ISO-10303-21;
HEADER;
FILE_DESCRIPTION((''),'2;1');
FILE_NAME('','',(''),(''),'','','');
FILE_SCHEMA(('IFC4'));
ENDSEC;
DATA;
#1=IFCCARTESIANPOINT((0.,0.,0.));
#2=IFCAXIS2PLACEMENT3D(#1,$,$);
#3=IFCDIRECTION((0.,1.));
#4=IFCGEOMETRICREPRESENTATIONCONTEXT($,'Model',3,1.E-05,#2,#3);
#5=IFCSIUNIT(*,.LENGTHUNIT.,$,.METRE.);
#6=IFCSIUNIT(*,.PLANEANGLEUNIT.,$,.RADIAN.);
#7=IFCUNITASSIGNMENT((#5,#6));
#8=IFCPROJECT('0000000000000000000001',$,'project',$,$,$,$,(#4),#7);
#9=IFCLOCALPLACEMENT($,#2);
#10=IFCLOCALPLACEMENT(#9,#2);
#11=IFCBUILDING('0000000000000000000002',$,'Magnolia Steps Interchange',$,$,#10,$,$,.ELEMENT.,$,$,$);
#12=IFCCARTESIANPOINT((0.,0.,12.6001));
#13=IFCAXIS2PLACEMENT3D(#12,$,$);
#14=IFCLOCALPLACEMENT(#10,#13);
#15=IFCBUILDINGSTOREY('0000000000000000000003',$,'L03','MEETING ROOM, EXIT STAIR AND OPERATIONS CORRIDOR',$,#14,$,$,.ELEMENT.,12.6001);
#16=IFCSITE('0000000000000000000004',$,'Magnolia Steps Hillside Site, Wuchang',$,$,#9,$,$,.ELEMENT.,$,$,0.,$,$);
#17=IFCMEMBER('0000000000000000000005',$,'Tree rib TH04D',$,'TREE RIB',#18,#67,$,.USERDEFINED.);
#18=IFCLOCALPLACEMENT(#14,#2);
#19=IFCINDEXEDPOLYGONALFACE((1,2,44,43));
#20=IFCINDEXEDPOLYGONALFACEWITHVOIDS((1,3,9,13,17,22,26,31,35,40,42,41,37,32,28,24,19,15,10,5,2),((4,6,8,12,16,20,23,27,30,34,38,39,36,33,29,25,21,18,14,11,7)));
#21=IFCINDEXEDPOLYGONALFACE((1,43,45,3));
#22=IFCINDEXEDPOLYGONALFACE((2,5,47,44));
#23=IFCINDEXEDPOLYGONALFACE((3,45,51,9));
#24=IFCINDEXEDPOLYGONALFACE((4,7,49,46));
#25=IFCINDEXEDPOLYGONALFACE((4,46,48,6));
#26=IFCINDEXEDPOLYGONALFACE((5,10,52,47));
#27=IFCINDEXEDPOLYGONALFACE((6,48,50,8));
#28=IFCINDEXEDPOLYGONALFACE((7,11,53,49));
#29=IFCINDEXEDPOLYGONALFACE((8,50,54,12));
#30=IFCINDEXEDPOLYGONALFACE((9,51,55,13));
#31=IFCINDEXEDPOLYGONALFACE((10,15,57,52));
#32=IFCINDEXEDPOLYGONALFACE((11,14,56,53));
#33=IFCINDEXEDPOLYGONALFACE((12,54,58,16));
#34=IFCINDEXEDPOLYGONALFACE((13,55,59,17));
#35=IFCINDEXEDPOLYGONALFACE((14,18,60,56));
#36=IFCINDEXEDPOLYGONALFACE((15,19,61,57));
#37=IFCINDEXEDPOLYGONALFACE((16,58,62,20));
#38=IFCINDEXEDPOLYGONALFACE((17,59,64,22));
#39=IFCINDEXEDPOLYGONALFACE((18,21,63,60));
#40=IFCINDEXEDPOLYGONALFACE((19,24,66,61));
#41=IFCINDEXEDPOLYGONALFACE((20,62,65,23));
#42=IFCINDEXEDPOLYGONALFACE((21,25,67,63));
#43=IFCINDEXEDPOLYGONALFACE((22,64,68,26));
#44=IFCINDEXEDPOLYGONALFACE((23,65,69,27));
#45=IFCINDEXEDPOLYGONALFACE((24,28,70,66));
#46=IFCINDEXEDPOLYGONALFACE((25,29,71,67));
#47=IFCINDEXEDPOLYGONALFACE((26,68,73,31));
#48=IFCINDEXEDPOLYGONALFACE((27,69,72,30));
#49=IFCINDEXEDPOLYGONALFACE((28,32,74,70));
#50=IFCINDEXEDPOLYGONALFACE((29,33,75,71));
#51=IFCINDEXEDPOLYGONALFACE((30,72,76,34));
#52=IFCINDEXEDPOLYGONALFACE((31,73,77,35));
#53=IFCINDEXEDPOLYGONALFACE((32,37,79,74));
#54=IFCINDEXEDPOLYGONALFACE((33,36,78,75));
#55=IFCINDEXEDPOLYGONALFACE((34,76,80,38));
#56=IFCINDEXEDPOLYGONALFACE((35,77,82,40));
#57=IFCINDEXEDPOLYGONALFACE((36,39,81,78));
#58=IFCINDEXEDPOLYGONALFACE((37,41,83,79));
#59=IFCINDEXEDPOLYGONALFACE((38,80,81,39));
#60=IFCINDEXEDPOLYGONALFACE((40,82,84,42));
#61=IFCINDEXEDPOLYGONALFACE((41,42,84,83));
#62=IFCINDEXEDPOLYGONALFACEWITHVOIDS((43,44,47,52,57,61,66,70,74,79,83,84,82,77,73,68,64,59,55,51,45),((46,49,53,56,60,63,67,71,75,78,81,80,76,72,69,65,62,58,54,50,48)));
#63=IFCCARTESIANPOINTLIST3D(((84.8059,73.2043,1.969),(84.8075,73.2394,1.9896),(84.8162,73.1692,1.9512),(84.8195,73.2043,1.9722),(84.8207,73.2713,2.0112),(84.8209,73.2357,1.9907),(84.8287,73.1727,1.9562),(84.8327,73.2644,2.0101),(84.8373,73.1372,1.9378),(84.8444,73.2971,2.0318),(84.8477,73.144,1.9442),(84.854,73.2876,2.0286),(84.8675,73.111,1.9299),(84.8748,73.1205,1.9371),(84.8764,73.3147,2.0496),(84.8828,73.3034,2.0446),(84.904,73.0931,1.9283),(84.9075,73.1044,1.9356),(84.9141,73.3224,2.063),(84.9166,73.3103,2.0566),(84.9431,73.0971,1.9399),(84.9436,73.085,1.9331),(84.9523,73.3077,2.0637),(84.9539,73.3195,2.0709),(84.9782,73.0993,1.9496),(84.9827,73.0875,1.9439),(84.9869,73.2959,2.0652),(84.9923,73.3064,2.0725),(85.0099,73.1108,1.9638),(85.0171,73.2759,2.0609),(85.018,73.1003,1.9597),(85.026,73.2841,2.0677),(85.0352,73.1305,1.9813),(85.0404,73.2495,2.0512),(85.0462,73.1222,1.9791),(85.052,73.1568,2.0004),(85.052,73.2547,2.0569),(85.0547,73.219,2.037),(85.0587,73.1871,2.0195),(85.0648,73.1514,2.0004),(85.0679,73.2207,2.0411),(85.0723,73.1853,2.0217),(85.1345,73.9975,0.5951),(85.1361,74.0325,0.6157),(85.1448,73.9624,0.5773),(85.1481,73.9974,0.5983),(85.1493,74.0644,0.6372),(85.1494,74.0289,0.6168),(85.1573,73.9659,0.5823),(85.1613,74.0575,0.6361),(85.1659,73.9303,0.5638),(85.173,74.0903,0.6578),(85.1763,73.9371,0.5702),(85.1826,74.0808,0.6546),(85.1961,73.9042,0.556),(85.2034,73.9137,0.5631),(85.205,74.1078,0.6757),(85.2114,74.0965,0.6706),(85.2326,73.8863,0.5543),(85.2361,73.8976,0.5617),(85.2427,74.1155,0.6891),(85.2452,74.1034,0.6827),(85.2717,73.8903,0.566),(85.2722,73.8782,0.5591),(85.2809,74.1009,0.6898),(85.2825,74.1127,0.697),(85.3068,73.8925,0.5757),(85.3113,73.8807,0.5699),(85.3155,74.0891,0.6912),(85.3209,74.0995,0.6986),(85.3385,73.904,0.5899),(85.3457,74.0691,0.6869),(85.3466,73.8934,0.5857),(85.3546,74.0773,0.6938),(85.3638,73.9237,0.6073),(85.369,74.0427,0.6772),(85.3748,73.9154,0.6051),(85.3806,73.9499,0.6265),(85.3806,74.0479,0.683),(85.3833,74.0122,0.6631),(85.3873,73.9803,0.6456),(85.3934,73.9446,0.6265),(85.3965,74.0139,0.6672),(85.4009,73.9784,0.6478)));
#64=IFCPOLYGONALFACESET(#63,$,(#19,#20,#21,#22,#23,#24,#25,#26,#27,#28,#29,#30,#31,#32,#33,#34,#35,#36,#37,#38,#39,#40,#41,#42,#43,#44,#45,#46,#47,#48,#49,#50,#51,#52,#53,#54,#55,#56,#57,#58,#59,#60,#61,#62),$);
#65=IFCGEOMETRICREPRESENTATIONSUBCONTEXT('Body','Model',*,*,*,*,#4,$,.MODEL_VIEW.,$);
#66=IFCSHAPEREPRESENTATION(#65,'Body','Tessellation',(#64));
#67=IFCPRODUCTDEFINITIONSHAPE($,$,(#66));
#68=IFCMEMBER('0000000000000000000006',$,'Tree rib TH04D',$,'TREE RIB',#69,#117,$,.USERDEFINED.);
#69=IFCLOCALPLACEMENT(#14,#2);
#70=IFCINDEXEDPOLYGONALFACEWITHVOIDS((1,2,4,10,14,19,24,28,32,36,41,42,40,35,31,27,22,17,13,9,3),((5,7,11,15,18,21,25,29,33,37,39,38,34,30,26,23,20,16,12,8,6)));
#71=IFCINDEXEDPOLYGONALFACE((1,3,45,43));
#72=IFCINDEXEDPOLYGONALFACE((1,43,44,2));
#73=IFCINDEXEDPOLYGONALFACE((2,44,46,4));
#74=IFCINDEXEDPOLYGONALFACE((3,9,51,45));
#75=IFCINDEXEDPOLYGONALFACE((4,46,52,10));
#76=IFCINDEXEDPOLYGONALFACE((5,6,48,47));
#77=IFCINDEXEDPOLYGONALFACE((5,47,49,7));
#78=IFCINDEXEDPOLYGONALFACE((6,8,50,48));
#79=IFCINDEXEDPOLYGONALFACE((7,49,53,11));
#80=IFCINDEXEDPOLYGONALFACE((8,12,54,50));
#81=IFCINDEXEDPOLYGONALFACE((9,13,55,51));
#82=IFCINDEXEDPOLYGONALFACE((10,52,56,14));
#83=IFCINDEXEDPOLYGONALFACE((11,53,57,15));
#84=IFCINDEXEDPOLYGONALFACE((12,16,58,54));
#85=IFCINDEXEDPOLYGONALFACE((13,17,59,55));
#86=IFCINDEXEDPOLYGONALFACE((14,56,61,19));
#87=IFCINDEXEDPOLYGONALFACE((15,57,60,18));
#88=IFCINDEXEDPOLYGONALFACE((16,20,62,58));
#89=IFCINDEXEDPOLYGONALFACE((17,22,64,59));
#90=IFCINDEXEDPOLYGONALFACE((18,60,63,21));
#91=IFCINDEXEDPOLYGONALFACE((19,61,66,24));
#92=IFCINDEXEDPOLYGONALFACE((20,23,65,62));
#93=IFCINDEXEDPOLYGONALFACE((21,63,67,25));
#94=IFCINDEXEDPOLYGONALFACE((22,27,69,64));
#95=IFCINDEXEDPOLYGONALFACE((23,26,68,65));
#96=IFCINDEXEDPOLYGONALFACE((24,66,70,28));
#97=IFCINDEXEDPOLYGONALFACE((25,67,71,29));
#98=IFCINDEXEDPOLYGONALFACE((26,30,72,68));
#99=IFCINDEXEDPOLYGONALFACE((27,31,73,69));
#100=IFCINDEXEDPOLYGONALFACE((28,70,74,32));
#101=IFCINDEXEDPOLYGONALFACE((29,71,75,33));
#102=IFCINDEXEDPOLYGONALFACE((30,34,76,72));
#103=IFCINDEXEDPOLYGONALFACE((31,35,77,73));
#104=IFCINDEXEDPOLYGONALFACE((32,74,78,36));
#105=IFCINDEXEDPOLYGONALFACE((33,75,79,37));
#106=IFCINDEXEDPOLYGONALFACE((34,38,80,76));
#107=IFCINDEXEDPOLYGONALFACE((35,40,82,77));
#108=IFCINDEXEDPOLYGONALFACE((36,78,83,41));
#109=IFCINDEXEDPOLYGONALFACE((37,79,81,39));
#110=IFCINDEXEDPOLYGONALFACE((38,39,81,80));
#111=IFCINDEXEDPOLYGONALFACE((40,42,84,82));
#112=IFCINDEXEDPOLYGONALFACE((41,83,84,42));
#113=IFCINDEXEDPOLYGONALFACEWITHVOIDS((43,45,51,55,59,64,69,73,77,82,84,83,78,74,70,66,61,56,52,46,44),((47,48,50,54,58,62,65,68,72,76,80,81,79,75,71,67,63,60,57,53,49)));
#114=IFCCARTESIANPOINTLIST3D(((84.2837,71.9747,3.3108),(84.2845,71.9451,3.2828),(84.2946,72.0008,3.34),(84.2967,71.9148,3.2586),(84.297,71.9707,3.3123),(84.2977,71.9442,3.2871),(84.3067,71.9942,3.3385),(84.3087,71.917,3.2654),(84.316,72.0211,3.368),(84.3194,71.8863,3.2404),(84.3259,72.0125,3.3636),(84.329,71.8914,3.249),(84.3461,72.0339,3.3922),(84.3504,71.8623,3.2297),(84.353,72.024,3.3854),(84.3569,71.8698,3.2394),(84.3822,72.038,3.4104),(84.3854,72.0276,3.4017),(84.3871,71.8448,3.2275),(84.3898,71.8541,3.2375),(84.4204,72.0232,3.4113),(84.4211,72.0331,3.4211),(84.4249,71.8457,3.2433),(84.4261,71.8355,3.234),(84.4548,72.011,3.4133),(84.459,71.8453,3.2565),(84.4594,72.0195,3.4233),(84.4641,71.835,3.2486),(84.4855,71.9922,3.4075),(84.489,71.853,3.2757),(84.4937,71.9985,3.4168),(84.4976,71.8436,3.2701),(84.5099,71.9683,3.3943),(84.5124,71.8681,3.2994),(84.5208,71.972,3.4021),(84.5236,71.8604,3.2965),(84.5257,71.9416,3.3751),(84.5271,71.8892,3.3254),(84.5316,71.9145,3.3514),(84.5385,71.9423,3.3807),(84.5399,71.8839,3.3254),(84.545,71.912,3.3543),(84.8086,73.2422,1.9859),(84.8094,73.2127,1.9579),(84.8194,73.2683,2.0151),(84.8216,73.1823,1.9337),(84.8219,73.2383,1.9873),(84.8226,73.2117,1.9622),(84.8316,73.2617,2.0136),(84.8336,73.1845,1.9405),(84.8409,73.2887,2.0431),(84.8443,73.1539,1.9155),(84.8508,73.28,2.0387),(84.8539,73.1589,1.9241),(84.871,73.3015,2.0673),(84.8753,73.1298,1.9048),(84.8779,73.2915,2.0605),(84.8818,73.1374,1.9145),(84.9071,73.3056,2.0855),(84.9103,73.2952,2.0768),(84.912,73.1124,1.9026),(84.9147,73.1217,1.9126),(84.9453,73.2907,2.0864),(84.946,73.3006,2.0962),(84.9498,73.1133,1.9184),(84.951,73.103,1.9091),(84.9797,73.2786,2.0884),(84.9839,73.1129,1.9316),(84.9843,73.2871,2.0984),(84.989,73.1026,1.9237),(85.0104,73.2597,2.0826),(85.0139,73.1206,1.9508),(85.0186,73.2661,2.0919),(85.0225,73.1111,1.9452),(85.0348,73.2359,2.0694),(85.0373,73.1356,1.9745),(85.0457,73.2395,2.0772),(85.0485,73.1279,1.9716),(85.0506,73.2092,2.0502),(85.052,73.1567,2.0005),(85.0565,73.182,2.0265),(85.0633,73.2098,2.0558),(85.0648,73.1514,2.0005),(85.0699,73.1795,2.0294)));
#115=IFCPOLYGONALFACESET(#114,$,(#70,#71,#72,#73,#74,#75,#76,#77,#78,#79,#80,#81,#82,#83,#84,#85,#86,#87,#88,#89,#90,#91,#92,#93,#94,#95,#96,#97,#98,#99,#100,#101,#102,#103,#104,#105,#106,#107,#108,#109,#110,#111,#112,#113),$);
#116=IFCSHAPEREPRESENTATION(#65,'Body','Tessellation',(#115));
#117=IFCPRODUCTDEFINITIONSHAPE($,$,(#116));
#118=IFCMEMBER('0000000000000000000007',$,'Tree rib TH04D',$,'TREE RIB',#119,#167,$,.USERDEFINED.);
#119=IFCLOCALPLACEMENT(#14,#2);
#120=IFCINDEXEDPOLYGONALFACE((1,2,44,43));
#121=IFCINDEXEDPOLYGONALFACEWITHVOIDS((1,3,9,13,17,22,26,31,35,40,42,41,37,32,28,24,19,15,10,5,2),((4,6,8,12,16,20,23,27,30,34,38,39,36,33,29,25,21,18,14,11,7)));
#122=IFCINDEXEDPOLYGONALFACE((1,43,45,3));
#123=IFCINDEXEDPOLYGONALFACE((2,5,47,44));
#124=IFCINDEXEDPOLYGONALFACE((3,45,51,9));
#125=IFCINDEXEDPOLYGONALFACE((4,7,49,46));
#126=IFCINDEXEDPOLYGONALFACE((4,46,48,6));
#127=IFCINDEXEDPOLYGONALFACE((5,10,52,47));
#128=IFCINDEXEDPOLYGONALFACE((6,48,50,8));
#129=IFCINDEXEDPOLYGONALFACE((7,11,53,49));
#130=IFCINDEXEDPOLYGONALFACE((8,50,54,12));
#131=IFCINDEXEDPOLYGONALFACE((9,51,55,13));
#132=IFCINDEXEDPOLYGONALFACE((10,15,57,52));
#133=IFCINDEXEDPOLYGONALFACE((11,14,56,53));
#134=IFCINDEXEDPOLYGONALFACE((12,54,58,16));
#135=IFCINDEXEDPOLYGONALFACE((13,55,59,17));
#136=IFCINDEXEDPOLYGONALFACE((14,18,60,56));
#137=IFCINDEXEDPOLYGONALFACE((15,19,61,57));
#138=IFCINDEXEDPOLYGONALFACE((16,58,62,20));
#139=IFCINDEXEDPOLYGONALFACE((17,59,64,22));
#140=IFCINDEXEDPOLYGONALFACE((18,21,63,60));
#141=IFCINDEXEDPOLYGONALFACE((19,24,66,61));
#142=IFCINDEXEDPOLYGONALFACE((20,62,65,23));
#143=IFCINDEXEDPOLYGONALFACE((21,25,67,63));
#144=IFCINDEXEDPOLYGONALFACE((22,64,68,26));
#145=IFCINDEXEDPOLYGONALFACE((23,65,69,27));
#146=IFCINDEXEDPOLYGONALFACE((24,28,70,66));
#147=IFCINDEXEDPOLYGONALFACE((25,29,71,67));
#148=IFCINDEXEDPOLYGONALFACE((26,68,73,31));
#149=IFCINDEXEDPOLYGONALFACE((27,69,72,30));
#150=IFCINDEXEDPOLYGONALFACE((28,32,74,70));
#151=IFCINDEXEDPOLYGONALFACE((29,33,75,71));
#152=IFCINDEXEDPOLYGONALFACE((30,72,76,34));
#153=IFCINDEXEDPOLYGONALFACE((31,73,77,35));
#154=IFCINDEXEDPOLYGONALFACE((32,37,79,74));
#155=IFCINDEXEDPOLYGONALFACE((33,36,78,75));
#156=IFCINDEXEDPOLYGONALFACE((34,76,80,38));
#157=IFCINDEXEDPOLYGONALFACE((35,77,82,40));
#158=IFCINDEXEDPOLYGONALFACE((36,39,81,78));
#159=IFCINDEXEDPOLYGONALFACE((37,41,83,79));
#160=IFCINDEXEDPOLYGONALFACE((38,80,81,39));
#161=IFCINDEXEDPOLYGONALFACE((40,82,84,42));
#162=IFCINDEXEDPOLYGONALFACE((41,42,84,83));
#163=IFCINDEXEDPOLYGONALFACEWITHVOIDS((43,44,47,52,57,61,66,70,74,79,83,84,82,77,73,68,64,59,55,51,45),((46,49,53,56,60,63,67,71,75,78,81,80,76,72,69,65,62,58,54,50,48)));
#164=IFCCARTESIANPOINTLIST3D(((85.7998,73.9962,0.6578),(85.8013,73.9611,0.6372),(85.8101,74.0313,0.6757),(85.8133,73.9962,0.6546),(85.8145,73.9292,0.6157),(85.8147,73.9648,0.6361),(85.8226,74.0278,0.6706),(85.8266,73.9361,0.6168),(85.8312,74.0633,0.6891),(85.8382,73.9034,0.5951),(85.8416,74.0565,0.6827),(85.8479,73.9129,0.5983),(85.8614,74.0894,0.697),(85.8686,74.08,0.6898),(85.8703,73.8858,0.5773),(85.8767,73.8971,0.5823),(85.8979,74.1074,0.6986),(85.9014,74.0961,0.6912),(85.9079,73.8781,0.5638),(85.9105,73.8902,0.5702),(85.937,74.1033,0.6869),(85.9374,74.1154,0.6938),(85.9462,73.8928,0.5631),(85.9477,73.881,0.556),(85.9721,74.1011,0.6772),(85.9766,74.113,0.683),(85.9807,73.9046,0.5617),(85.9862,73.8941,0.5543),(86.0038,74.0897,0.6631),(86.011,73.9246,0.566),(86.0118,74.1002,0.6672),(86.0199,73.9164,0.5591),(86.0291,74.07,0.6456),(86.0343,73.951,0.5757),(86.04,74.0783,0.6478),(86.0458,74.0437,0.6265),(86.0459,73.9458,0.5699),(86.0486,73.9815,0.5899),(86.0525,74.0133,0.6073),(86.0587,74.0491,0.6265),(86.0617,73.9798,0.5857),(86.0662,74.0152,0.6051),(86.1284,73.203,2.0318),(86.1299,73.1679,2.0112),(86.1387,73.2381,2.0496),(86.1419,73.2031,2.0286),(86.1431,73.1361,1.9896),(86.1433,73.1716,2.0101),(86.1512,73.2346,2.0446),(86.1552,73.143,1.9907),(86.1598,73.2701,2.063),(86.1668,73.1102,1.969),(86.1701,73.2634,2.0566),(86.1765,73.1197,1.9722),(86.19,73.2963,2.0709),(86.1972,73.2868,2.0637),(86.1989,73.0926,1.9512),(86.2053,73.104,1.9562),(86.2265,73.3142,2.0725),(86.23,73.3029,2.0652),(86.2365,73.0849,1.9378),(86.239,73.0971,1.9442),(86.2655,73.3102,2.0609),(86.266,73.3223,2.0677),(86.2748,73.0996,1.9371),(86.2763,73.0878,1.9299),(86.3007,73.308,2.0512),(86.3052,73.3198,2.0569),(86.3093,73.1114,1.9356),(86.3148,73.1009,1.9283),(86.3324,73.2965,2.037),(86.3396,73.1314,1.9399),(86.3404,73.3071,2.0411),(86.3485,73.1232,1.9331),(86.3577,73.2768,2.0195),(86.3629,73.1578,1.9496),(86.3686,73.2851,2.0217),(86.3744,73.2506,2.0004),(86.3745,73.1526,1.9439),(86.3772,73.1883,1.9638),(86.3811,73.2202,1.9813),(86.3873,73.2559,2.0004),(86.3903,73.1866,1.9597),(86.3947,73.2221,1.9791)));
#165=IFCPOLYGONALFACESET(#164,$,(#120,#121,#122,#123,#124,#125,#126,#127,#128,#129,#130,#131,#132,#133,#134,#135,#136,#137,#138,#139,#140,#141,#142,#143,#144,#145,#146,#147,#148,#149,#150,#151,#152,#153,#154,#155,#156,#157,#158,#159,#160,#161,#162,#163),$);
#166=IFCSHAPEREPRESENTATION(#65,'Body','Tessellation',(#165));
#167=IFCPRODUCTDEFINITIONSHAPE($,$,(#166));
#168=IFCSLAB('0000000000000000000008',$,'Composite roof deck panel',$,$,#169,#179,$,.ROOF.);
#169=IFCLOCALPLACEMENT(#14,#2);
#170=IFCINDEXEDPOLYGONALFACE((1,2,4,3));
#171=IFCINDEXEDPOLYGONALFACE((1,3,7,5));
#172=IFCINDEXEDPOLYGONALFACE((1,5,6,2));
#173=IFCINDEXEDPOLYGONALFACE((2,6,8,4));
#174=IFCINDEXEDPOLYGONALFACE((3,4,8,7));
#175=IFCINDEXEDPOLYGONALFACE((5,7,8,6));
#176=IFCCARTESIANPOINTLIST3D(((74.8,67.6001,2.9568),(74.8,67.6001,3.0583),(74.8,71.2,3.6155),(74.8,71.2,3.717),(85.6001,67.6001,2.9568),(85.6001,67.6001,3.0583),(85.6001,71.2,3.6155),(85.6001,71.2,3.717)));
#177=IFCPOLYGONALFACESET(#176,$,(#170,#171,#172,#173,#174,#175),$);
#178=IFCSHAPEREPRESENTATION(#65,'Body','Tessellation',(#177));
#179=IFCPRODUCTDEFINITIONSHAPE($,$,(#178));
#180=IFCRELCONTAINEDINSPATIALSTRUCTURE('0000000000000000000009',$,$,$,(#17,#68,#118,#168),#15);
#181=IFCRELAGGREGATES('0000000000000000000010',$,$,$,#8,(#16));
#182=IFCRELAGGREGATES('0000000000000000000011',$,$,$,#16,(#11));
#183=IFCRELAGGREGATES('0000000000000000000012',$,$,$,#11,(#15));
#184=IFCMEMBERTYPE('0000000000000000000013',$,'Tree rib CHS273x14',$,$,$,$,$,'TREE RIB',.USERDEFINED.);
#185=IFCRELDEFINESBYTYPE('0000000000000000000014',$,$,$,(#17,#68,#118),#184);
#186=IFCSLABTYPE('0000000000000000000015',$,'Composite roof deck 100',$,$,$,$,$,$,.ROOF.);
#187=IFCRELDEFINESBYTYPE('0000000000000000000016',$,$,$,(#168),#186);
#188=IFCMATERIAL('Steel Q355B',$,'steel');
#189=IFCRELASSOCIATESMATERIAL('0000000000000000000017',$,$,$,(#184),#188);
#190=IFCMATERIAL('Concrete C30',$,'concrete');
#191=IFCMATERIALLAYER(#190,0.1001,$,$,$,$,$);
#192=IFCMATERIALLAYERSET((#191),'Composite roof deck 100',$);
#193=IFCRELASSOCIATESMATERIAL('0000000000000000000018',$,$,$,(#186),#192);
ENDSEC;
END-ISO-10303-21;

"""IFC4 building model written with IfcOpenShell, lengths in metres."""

from ifc_helpers import new_model, si_unit, direction, frame, origin, origin_2d, place, context, subcontext, project, spatial, polyline, hollow_circle, outline, extrude, material, layer, layer_set, material_profile, profile_set, type_object, element, save


model = new_model("IFC4")

# Units and contexts
model_context = context("Model", 3, precision=1e-05, world=origin(), true_north=direction((0.0, 1.0)))
body_context = subcontext(model_context, "Body", "Model", "MODEL_VIEW")
ifc_project = project(units=[si_unit("LENGTHUNIT", "METRE"), si_unit("PLANEANGLEUNIT", "RADIAN")], contexts=[model_context])

# Site, building, storey
site_placement = place(None, origin())
site = spatial("IfcSite", under=ifc_project, at=site_placement, Name="Magnolia Steps Hillside Site, Wuchang", CompositionType="ELEMENT", RefElevation=0.0)
building_placement = place(site_placement, origin())
building = spatial("IfcBuilding", under=site, at=building_placement, Name="Magnolia Steps Interchange", CompositionType="ELEMENT")
storey_placement = place(building_placement, frame((0.0, 0.0, 12.6001)))
storey = spatial("IfcBuildingStorey", under=building, at=storey_placement, Name="L03", Description="MEETING ROOM, EXIT STAIR AND OPERATIONS CORRIDOR", CompositionType="ELEMENT", Elevation=12.6001)

# Members
ifc_material_1 = material(Name="Steel Q355B", Category="steel")
ifc_material_profile_1 = material_profile(ifc_material_1, hollow_circle(Radius=0.1365, WallThickness=0.0139, at=origin_2d()), Name="CHS273x14")
ifc_profile_set_1 = profile_set([ifc_material_profile_1], Name="Steel Q355B")
member_type = type_object("IfcMemberType", Name="Tree rib CHS273x14", ElementType="TREE RIB", PredefinedType="USERDEFINED", material=ifc_profile_set_1)
member_1_placement = place(storey_placement, frame((85.2673, 73.9968, 0.6265), z_axis=(-0.20282, -0.489571, 0.848047), x_axis=(0.923857, -0.382737, 0.0)))
element("IfcMember", 1, at=member_1_placement, inside=storey, type_object=member_type, Name="Tree rib TH04D", ObjectType="TREE RIB", PredefinedType="USERDEFINED", context=body_context, shape_type="SweptSolid", body=[
    extrude(hollow_circle(Radius=0.1365, WallThickness=0.0139, at=origin_2d()), origin(), (0.0, 0.0, 1.0), 1.6201),
])
member_2_placement = place(storey_placement, frame((84.9387, 73.2036, 2.0005), z_axis=(-0.275208, -0.664595, 0.694676), x_axis=(0.923917, -0.382593, 0.0)))
element("IfcMember", 2, at=member_2_placement, inside=storey, type_object=member_type, Name="Tree rib TH04D", ObjectType="TREE RIB", PredefinedType="USERDEFINED", context=body_context, shape_type="SweptSolid", body=[
    extrude(hollow_circle(Radius=0.1365, WallThickness=0.0139, at=origin_2d()), origin(), (0.0, 0.0, 1.0), 1.9072),
])
member_3_placement = place(storey_placement, frame((85.9326, 73.9968, 0.6265), z_axis=(0.20282, -0.489571, 0.848047), x_axis=(0.923857, 0.382737, 0.0)))
element("IfcMember", 3, at=member_3_placement, inside=storey, type_object=member_type, Name="Tree rib TH04D", ObjectType="TREE RIB", PredefinedType="USERDEFINED", context=body_context, shape_type="SweptSolid", body=[
    extrude(hollow_circle(Radius=0.1365, WallThickness=0.0139, at=origin_2d()), origin(), (0.0, 0.0, 1.0), 1.6201),
])

# Slab
ifc_material_2 = material(Name="Concrete C30", Category="concrete")
ifc_layer = layer(ifc_material_2, 0.1001)
ifc_layer_set = layer_set([ifc_layer], Name="Composite roof deck 100")
slab_type = type_object("IfcSlabType", Name="Composite roof deck 100", PredefinedType="ROOF", material=ifc_layer_set)
slab_placement = place(storey_placement, frame((85.6001, 67.6001, 3.0583), z_axis=(0.0, -0.179989, 0.983669), x_axis=(0.0, 0.983669, 0.179989)))
element("IfcSlab", 4, at=slab_placement, inside=storey, type_object=slab_type, Name="Composite roof deck panel", PredefinedType="ROOF", context=body_context, shape_type="SweptSolid", body=[
    extrude(outline(polyline([(0.0, 0.0), (3.6596, 0.0), (3.6596, 10.8), (0.0, 10.8), (0.0, 0.0)])), origin(), (-0.179989, 0.0, -0.983669), 0.1016),
])

save(model, "model.ifc")
